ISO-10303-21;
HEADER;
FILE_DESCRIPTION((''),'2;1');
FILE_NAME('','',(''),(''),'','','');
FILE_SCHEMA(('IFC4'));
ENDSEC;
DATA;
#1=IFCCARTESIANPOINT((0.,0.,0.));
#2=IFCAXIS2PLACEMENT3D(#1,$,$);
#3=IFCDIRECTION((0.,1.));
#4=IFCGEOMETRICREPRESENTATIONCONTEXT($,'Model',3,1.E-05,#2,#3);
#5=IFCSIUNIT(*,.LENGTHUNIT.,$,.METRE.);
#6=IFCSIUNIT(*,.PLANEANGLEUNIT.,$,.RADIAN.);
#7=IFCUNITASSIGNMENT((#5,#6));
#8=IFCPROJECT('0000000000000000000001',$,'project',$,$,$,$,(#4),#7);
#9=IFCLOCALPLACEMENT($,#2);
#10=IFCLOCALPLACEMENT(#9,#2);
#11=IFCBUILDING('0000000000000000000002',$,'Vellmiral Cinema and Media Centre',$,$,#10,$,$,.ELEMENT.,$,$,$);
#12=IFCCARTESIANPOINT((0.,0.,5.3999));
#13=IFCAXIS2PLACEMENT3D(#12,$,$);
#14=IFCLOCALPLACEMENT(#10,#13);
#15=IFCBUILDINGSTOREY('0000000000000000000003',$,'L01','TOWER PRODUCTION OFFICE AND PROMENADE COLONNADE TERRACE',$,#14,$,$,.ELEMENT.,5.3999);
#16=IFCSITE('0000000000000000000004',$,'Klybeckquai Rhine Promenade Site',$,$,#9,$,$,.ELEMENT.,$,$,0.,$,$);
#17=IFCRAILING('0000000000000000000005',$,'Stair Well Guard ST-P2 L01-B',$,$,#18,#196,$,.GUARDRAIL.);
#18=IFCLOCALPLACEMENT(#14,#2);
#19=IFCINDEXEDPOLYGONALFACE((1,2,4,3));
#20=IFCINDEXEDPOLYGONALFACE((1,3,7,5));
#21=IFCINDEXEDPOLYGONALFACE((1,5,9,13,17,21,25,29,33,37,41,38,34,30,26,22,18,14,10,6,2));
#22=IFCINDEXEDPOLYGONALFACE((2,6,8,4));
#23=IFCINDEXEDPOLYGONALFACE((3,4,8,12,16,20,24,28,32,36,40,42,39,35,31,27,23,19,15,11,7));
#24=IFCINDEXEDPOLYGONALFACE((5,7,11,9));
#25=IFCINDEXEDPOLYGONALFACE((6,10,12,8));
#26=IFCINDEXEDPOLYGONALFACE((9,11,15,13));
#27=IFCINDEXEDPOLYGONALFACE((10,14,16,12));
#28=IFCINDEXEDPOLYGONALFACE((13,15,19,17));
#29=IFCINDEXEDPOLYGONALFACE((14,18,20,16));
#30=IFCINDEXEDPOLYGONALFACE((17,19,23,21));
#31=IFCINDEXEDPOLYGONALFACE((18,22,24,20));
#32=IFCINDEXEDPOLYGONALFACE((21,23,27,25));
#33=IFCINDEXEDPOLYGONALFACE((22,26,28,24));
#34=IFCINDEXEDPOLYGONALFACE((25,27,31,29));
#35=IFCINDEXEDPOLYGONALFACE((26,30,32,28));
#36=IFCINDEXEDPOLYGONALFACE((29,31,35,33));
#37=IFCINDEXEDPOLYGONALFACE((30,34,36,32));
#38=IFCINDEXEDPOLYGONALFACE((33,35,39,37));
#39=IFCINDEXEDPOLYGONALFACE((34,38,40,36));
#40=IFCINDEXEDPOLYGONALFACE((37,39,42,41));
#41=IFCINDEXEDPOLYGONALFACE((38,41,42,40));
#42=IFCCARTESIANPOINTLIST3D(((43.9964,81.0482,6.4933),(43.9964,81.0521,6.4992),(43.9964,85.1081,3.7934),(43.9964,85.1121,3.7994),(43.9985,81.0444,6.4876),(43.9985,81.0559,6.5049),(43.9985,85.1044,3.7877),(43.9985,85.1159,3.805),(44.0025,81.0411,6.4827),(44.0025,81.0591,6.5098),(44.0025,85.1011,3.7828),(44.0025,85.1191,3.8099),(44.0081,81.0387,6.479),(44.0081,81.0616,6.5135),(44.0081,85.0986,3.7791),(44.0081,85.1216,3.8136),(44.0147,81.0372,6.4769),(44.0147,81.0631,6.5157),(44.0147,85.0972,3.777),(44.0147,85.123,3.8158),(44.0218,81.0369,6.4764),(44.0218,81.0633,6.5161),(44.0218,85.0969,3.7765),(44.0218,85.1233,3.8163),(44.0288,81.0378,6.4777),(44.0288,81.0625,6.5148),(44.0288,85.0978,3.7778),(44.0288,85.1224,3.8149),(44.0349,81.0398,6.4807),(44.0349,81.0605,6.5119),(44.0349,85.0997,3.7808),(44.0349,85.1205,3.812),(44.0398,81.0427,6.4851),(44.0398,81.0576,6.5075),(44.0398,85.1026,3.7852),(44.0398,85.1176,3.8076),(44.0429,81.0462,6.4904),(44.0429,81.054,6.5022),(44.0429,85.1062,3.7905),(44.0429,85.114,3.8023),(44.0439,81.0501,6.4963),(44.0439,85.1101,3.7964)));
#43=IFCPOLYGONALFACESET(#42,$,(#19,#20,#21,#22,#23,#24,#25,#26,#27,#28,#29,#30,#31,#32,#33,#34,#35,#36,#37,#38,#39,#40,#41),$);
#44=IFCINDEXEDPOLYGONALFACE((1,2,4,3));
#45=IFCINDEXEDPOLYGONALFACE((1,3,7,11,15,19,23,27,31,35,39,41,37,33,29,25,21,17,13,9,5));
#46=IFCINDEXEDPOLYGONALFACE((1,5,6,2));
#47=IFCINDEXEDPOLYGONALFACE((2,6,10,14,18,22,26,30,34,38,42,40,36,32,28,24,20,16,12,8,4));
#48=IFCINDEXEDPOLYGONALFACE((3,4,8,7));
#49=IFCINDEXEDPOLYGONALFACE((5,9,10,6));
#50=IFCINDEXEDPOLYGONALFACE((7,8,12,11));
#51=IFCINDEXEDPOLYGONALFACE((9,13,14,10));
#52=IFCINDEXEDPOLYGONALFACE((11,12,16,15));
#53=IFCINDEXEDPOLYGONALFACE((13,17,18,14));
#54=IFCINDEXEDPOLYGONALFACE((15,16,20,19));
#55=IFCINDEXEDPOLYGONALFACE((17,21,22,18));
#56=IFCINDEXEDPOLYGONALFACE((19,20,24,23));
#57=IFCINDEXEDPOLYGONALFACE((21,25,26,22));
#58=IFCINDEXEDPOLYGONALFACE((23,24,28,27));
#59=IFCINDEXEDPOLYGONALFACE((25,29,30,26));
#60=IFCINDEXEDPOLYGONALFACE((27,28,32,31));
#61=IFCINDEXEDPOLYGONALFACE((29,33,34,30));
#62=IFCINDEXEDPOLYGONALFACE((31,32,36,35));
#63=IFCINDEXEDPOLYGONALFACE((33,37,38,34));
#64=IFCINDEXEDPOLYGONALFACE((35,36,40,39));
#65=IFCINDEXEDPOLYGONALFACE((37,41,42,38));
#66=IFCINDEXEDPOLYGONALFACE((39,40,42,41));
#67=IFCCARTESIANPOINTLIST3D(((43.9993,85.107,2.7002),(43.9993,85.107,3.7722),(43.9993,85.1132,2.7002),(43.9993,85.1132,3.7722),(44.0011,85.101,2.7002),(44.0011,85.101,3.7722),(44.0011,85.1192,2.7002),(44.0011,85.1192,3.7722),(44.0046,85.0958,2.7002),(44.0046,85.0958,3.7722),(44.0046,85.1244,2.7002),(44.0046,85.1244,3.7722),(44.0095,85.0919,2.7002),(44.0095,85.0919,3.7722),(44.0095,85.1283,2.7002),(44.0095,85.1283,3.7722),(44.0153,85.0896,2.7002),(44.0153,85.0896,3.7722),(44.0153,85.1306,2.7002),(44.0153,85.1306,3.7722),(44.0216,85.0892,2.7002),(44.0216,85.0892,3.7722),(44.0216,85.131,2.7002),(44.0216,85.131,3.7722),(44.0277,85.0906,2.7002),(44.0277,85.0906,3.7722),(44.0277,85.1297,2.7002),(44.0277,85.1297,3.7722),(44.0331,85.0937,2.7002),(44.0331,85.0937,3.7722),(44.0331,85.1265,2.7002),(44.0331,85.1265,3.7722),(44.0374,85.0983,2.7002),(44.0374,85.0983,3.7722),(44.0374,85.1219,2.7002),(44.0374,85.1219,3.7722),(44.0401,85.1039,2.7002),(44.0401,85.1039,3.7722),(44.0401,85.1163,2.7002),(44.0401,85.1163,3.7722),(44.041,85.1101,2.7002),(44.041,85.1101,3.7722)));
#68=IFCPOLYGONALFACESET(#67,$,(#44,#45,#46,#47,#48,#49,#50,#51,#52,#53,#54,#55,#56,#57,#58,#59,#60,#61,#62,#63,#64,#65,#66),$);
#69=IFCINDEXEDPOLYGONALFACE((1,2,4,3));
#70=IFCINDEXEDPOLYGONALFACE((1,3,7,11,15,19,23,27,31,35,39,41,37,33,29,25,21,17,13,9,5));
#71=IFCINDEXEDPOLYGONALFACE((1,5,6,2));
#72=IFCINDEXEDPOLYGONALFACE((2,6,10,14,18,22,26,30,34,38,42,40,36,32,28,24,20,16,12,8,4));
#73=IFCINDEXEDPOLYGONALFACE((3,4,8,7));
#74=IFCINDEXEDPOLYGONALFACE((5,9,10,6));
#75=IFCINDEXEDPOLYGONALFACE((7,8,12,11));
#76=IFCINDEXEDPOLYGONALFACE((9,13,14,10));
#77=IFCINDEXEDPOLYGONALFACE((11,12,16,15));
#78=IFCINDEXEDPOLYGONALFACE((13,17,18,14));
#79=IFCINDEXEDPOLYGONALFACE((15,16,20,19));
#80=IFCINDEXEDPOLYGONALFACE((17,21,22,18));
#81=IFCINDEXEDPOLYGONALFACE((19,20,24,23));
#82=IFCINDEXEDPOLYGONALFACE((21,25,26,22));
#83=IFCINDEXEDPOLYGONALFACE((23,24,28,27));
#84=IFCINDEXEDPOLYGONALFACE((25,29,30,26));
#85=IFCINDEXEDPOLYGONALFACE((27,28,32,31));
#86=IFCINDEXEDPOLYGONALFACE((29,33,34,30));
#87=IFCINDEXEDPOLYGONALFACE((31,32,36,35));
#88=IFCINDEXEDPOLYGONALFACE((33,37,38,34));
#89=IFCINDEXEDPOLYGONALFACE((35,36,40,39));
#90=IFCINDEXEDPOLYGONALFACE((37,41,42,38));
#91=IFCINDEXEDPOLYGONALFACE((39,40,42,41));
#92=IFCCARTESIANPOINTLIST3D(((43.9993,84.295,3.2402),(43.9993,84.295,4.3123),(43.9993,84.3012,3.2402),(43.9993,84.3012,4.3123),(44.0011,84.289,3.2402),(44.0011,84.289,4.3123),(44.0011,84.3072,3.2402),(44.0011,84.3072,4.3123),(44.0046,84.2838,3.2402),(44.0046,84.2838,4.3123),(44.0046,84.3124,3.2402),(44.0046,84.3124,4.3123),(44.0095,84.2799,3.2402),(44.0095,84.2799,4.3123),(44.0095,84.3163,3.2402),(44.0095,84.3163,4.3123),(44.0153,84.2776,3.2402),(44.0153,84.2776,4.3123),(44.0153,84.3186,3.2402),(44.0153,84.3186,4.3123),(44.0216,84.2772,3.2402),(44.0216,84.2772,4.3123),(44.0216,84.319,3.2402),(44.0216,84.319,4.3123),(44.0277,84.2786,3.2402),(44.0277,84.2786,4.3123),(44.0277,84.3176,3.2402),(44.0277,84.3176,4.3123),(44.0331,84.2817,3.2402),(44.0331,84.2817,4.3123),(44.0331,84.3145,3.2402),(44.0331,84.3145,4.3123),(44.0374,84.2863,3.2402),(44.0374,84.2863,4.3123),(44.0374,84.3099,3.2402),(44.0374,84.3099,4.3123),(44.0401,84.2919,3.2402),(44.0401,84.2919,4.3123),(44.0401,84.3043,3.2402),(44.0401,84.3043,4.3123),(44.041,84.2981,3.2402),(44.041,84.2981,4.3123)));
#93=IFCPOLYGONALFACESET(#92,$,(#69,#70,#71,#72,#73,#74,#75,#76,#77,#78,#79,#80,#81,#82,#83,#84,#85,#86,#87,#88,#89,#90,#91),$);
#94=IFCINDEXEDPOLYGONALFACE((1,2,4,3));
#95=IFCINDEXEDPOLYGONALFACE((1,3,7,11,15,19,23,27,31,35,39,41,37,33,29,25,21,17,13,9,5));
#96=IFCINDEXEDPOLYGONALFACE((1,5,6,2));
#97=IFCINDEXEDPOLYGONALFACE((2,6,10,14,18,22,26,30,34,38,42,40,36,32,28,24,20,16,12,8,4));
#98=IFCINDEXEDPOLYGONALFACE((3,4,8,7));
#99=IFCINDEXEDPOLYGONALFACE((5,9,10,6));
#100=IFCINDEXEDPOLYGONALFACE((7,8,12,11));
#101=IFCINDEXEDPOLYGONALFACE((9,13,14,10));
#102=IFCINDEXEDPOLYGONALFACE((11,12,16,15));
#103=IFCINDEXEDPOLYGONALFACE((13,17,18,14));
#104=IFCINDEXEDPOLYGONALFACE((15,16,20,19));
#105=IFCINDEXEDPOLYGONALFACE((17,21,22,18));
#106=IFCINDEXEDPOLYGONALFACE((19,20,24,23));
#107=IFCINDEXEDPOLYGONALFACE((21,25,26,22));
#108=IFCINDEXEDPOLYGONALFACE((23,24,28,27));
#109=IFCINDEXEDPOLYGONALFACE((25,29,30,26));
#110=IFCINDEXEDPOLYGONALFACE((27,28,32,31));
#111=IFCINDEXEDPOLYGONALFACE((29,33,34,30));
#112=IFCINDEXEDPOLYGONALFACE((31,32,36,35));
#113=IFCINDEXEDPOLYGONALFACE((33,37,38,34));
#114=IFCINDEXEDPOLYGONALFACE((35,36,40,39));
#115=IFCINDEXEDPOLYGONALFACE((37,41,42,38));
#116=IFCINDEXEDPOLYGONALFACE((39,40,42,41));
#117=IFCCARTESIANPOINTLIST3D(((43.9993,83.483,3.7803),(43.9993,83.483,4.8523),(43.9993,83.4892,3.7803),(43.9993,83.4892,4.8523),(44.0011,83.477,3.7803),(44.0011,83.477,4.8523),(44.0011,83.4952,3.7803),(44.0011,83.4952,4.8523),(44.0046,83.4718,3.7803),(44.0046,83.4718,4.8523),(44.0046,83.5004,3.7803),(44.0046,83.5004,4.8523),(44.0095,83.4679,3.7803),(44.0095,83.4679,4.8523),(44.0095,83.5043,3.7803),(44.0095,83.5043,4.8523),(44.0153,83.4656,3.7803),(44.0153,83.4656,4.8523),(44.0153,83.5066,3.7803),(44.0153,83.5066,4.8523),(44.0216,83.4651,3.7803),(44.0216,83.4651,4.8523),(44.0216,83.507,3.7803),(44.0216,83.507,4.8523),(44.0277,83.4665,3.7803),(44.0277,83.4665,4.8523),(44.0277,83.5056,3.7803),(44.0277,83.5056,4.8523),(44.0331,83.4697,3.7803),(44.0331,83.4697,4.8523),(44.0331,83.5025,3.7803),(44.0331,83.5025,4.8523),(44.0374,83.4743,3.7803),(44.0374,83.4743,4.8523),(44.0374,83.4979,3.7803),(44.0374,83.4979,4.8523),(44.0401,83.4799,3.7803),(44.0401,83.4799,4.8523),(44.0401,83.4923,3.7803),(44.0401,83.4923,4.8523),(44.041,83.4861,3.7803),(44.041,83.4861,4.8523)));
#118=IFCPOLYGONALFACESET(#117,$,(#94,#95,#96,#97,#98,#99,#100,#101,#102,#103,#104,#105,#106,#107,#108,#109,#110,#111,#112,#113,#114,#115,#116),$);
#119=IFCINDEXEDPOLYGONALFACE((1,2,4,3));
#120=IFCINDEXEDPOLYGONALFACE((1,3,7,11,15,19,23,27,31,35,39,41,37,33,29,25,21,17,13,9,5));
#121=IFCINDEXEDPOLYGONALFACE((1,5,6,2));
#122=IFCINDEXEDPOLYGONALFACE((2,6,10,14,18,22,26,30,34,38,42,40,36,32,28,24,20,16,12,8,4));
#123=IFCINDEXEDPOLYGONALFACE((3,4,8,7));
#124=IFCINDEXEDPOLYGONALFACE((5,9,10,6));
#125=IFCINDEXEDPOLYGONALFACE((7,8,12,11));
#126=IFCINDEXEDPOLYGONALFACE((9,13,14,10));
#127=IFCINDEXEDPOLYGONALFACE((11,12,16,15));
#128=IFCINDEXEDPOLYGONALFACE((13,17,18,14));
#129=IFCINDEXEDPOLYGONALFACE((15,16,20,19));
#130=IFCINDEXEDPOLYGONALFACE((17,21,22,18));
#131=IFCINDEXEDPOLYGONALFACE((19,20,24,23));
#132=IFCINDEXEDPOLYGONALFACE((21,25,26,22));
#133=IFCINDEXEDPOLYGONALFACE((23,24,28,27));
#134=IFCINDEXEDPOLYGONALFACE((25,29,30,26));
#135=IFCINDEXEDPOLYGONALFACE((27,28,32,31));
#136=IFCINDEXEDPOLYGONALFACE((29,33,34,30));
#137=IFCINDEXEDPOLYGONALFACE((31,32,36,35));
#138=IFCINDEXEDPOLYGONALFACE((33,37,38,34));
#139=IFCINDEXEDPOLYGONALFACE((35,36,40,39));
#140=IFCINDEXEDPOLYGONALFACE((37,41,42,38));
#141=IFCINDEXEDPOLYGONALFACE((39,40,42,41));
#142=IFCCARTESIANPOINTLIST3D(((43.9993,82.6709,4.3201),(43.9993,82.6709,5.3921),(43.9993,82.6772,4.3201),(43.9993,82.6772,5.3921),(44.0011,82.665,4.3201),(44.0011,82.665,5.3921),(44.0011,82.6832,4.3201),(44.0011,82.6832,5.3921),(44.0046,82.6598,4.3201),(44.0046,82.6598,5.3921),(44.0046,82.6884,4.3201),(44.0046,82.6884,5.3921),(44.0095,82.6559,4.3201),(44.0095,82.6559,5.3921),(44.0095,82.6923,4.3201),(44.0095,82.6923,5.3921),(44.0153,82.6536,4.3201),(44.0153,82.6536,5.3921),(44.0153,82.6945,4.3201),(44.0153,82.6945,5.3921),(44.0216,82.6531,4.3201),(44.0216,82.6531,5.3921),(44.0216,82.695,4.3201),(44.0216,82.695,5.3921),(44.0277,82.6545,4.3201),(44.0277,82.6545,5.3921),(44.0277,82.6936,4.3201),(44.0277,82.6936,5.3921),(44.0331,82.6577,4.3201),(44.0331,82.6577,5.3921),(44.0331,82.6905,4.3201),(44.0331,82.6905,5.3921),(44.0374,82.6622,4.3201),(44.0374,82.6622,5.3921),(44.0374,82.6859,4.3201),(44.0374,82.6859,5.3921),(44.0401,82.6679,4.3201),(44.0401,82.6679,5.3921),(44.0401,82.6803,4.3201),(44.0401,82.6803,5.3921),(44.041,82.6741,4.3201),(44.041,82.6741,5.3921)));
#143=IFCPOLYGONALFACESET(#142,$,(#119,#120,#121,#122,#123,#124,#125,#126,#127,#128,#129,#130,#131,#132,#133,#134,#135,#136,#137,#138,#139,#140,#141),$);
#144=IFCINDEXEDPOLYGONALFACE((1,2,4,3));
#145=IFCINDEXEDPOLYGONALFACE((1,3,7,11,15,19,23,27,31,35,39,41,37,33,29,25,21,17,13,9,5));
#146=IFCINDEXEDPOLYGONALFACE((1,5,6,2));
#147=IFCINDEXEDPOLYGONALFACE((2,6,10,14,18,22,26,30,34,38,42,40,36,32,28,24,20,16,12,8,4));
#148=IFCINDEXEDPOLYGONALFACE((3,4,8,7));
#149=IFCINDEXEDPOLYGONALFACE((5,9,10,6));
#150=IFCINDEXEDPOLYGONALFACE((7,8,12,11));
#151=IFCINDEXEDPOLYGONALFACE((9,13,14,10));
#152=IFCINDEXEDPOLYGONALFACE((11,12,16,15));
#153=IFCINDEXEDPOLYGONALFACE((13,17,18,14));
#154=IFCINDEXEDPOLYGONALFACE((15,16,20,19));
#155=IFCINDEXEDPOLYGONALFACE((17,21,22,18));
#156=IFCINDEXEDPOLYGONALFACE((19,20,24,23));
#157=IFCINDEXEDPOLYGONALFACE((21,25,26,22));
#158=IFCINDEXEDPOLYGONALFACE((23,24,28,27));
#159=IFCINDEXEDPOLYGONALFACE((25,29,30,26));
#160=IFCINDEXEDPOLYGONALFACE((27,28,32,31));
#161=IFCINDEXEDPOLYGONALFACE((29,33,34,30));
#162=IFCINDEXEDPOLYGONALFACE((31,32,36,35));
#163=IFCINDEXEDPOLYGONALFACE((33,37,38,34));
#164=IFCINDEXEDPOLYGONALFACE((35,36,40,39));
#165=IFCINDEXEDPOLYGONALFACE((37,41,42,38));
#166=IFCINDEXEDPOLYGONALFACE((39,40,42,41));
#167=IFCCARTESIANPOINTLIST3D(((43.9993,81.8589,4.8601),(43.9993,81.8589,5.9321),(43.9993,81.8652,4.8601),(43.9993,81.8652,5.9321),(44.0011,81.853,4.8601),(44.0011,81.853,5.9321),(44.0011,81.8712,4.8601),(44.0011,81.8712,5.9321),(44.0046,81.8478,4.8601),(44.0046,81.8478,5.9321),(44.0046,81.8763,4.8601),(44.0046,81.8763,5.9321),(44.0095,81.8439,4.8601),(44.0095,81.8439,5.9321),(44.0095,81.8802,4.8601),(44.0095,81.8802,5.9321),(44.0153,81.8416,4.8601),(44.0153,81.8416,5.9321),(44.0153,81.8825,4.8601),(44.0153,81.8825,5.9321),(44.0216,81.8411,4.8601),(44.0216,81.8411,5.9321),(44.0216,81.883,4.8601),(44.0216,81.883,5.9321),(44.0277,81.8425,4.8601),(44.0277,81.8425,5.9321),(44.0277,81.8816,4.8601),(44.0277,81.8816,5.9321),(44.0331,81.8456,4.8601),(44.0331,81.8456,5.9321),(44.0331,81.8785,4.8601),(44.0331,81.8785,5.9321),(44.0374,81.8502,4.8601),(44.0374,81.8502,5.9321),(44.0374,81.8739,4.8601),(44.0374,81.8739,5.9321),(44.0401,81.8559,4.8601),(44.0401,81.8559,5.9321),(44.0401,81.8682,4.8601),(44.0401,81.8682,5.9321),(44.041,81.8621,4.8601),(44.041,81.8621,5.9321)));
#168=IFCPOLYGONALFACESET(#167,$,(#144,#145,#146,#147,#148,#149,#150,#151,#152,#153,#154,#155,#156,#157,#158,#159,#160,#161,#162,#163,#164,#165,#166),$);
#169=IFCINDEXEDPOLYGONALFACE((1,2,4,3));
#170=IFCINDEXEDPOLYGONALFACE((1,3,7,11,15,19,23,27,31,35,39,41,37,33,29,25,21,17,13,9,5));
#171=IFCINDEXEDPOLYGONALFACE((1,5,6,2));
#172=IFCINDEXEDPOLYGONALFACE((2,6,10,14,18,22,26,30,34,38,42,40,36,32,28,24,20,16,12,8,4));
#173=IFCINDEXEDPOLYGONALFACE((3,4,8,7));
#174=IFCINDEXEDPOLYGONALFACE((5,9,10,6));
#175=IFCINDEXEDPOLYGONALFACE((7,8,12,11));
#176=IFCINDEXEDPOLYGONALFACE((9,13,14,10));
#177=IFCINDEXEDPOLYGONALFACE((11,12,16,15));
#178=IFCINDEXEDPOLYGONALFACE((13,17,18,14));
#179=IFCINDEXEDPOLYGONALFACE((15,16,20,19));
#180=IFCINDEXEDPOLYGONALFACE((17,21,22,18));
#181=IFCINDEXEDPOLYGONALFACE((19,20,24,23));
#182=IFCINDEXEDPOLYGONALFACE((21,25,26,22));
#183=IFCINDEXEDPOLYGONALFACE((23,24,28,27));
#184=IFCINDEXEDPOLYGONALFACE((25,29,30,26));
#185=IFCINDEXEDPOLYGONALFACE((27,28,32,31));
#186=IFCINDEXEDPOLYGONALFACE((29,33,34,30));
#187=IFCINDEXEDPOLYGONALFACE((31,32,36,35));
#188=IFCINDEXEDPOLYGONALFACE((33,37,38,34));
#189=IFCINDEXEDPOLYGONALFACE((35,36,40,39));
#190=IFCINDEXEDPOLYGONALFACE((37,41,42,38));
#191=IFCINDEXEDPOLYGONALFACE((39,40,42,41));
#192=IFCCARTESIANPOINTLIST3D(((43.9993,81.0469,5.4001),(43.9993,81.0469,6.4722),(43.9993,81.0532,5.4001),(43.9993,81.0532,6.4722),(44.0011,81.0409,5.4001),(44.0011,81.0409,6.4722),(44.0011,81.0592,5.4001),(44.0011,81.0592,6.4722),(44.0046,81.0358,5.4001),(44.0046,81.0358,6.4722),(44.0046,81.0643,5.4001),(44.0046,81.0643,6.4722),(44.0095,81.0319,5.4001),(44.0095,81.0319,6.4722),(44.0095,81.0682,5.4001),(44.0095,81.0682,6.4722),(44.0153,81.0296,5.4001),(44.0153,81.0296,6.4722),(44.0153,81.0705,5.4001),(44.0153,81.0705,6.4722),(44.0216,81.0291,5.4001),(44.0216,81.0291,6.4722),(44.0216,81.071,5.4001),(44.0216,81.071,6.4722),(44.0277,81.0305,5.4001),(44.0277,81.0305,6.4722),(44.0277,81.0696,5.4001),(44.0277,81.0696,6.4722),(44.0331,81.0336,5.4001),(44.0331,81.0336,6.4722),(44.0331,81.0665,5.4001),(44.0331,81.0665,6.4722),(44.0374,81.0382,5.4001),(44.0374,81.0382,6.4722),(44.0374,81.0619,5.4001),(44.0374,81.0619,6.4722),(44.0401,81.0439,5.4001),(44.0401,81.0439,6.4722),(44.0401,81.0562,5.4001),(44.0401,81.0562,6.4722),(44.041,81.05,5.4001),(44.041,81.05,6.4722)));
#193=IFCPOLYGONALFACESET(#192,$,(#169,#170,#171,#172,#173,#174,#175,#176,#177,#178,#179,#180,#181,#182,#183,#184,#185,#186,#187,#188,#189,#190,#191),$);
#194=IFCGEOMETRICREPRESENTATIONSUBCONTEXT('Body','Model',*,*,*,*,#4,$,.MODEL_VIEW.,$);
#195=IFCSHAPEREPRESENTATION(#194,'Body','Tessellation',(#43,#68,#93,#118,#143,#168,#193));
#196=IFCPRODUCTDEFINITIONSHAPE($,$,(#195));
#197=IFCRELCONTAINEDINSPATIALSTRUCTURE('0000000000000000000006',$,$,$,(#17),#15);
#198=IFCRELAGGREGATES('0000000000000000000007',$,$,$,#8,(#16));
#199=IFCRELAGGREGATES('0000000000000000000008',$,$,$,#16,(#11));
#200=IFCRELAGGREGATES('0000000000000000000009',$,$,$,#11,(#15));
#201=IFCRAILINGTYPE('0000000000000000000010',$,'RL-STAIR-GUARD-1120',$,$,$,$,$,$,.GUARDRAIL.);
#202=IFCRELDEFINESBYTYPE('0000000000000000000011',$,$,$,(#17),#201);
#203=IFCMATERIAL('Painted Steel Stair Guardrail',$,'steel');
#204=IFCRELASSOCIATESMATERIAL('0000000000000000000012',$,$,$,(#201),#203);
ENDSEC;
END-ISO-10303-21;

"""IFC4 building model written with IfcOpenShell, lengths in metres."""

from ifc_helpers import new_model, si_unit, direction, frame, origin, origin_2d, place, context, subcontext, project, spatial, circle, extrude, material, type_object, element, save


model = new_model("IFC4")

# Units and contexts
model_context = context("Model", 3, precision=1e-05, world=origin(), true_north=direction((0.0, 1.0)))
body_context = subcontext(model_context, "Body", "Model", "MODEL_VIEW")
ifc_project = project(units=[si_unit("LENGTHUNIT", "METRE"), si_unit("PLANEANGLEUNIT", "RADIAN")], contexts=[model_context])

# Site, building, storey
site_placement = place(None, origin())
site = spatial("IfcSite", under=ifc_project, at=site_placement, Name="Klybeckquai Rhine Promenade Site", CompositionType="ELEMENT", RefElevation=0.0)
building_placement = place(site_placement, origin())
building = spatial("IfcBuilding", under=site, at=building_placement, Name="Vellmiral Cinema and Media Centre", CompositionType="ELEMENT")
storey_placement = place(building_placement, frame((0.0, 0.0, 5.3999)))
storey = spatial("IfcBuildingStorey", under=building, at=storey_placement, Name="L01", Description="TOWER PRODUCTION OFFICE AND PROMENADE COLONNADE TERRACE", CompositionType="ELEMENT", Elevation=5.3999)

# Railing
ifc_material_1 = material(Name="Painted Steel Stair Guardrail", Category="steel")
railing_type_1 = type_object("IfcRailingType", Name="RL-STAIR-GUARD-1120", PredefinedType="GUARDRAIL", material=ifc_material_1)
railing_1_placement = place(storey_placement, frame((44.02, 85.1101, 2.7002)))
element("IfcRailing", 1, at=railing_1_placement, inside=storey, type_object=railing_type_1, Name="Stair Well Guard ST-P2 L01-B", PredefinedType="GUARDRAIL", context=body_context, shape_type="SweptSolid", body=[
    extrude(circle(Radius=0.0239, at=origin_2d()), frame((0.0, 0.0, 1.0962), z_axis=(0.0, -0.832689, 0.553741), x_axis=(1.0, 0.0, 0.0)), (0.0, 0.0, 1.0), 4.8757),
    extrude(circle(Radius=0.021, at=origin_2d()), origin(), (0.0, 0.0, 1.0), 1.072),
    extrude(circle(Radius=0.021, at=origin_2d()), frame((0.0, -0.812, 0.54)), (0.0, 0.0, 1.0), 1.072),
    extrude(circle(Radius=0.021, at=origin_2d()), frame((0.0, -1.624, 1.0801)), (0.0, 0.0, 1.0), 1.072),
    extrude(circle(Radius=0.021, at=origin_2d()), frame((0.0, -2.436, 1.6199)), (0.0, 0.0, 1.0), 1.072),
    extrude(circle(Radius=0.021, at=origin_2d()), frame((0.0, -3.248, 2.1599)), (0.0, 0.0, 1.0), 1.072),
    extrude(circle(Radius=0.021, at=origin_2d()), frame((0.0, -4.0601, 2.7)), (0.0, 0.0, 1.0), 1.072),
])

save(model, "model.ifc")
